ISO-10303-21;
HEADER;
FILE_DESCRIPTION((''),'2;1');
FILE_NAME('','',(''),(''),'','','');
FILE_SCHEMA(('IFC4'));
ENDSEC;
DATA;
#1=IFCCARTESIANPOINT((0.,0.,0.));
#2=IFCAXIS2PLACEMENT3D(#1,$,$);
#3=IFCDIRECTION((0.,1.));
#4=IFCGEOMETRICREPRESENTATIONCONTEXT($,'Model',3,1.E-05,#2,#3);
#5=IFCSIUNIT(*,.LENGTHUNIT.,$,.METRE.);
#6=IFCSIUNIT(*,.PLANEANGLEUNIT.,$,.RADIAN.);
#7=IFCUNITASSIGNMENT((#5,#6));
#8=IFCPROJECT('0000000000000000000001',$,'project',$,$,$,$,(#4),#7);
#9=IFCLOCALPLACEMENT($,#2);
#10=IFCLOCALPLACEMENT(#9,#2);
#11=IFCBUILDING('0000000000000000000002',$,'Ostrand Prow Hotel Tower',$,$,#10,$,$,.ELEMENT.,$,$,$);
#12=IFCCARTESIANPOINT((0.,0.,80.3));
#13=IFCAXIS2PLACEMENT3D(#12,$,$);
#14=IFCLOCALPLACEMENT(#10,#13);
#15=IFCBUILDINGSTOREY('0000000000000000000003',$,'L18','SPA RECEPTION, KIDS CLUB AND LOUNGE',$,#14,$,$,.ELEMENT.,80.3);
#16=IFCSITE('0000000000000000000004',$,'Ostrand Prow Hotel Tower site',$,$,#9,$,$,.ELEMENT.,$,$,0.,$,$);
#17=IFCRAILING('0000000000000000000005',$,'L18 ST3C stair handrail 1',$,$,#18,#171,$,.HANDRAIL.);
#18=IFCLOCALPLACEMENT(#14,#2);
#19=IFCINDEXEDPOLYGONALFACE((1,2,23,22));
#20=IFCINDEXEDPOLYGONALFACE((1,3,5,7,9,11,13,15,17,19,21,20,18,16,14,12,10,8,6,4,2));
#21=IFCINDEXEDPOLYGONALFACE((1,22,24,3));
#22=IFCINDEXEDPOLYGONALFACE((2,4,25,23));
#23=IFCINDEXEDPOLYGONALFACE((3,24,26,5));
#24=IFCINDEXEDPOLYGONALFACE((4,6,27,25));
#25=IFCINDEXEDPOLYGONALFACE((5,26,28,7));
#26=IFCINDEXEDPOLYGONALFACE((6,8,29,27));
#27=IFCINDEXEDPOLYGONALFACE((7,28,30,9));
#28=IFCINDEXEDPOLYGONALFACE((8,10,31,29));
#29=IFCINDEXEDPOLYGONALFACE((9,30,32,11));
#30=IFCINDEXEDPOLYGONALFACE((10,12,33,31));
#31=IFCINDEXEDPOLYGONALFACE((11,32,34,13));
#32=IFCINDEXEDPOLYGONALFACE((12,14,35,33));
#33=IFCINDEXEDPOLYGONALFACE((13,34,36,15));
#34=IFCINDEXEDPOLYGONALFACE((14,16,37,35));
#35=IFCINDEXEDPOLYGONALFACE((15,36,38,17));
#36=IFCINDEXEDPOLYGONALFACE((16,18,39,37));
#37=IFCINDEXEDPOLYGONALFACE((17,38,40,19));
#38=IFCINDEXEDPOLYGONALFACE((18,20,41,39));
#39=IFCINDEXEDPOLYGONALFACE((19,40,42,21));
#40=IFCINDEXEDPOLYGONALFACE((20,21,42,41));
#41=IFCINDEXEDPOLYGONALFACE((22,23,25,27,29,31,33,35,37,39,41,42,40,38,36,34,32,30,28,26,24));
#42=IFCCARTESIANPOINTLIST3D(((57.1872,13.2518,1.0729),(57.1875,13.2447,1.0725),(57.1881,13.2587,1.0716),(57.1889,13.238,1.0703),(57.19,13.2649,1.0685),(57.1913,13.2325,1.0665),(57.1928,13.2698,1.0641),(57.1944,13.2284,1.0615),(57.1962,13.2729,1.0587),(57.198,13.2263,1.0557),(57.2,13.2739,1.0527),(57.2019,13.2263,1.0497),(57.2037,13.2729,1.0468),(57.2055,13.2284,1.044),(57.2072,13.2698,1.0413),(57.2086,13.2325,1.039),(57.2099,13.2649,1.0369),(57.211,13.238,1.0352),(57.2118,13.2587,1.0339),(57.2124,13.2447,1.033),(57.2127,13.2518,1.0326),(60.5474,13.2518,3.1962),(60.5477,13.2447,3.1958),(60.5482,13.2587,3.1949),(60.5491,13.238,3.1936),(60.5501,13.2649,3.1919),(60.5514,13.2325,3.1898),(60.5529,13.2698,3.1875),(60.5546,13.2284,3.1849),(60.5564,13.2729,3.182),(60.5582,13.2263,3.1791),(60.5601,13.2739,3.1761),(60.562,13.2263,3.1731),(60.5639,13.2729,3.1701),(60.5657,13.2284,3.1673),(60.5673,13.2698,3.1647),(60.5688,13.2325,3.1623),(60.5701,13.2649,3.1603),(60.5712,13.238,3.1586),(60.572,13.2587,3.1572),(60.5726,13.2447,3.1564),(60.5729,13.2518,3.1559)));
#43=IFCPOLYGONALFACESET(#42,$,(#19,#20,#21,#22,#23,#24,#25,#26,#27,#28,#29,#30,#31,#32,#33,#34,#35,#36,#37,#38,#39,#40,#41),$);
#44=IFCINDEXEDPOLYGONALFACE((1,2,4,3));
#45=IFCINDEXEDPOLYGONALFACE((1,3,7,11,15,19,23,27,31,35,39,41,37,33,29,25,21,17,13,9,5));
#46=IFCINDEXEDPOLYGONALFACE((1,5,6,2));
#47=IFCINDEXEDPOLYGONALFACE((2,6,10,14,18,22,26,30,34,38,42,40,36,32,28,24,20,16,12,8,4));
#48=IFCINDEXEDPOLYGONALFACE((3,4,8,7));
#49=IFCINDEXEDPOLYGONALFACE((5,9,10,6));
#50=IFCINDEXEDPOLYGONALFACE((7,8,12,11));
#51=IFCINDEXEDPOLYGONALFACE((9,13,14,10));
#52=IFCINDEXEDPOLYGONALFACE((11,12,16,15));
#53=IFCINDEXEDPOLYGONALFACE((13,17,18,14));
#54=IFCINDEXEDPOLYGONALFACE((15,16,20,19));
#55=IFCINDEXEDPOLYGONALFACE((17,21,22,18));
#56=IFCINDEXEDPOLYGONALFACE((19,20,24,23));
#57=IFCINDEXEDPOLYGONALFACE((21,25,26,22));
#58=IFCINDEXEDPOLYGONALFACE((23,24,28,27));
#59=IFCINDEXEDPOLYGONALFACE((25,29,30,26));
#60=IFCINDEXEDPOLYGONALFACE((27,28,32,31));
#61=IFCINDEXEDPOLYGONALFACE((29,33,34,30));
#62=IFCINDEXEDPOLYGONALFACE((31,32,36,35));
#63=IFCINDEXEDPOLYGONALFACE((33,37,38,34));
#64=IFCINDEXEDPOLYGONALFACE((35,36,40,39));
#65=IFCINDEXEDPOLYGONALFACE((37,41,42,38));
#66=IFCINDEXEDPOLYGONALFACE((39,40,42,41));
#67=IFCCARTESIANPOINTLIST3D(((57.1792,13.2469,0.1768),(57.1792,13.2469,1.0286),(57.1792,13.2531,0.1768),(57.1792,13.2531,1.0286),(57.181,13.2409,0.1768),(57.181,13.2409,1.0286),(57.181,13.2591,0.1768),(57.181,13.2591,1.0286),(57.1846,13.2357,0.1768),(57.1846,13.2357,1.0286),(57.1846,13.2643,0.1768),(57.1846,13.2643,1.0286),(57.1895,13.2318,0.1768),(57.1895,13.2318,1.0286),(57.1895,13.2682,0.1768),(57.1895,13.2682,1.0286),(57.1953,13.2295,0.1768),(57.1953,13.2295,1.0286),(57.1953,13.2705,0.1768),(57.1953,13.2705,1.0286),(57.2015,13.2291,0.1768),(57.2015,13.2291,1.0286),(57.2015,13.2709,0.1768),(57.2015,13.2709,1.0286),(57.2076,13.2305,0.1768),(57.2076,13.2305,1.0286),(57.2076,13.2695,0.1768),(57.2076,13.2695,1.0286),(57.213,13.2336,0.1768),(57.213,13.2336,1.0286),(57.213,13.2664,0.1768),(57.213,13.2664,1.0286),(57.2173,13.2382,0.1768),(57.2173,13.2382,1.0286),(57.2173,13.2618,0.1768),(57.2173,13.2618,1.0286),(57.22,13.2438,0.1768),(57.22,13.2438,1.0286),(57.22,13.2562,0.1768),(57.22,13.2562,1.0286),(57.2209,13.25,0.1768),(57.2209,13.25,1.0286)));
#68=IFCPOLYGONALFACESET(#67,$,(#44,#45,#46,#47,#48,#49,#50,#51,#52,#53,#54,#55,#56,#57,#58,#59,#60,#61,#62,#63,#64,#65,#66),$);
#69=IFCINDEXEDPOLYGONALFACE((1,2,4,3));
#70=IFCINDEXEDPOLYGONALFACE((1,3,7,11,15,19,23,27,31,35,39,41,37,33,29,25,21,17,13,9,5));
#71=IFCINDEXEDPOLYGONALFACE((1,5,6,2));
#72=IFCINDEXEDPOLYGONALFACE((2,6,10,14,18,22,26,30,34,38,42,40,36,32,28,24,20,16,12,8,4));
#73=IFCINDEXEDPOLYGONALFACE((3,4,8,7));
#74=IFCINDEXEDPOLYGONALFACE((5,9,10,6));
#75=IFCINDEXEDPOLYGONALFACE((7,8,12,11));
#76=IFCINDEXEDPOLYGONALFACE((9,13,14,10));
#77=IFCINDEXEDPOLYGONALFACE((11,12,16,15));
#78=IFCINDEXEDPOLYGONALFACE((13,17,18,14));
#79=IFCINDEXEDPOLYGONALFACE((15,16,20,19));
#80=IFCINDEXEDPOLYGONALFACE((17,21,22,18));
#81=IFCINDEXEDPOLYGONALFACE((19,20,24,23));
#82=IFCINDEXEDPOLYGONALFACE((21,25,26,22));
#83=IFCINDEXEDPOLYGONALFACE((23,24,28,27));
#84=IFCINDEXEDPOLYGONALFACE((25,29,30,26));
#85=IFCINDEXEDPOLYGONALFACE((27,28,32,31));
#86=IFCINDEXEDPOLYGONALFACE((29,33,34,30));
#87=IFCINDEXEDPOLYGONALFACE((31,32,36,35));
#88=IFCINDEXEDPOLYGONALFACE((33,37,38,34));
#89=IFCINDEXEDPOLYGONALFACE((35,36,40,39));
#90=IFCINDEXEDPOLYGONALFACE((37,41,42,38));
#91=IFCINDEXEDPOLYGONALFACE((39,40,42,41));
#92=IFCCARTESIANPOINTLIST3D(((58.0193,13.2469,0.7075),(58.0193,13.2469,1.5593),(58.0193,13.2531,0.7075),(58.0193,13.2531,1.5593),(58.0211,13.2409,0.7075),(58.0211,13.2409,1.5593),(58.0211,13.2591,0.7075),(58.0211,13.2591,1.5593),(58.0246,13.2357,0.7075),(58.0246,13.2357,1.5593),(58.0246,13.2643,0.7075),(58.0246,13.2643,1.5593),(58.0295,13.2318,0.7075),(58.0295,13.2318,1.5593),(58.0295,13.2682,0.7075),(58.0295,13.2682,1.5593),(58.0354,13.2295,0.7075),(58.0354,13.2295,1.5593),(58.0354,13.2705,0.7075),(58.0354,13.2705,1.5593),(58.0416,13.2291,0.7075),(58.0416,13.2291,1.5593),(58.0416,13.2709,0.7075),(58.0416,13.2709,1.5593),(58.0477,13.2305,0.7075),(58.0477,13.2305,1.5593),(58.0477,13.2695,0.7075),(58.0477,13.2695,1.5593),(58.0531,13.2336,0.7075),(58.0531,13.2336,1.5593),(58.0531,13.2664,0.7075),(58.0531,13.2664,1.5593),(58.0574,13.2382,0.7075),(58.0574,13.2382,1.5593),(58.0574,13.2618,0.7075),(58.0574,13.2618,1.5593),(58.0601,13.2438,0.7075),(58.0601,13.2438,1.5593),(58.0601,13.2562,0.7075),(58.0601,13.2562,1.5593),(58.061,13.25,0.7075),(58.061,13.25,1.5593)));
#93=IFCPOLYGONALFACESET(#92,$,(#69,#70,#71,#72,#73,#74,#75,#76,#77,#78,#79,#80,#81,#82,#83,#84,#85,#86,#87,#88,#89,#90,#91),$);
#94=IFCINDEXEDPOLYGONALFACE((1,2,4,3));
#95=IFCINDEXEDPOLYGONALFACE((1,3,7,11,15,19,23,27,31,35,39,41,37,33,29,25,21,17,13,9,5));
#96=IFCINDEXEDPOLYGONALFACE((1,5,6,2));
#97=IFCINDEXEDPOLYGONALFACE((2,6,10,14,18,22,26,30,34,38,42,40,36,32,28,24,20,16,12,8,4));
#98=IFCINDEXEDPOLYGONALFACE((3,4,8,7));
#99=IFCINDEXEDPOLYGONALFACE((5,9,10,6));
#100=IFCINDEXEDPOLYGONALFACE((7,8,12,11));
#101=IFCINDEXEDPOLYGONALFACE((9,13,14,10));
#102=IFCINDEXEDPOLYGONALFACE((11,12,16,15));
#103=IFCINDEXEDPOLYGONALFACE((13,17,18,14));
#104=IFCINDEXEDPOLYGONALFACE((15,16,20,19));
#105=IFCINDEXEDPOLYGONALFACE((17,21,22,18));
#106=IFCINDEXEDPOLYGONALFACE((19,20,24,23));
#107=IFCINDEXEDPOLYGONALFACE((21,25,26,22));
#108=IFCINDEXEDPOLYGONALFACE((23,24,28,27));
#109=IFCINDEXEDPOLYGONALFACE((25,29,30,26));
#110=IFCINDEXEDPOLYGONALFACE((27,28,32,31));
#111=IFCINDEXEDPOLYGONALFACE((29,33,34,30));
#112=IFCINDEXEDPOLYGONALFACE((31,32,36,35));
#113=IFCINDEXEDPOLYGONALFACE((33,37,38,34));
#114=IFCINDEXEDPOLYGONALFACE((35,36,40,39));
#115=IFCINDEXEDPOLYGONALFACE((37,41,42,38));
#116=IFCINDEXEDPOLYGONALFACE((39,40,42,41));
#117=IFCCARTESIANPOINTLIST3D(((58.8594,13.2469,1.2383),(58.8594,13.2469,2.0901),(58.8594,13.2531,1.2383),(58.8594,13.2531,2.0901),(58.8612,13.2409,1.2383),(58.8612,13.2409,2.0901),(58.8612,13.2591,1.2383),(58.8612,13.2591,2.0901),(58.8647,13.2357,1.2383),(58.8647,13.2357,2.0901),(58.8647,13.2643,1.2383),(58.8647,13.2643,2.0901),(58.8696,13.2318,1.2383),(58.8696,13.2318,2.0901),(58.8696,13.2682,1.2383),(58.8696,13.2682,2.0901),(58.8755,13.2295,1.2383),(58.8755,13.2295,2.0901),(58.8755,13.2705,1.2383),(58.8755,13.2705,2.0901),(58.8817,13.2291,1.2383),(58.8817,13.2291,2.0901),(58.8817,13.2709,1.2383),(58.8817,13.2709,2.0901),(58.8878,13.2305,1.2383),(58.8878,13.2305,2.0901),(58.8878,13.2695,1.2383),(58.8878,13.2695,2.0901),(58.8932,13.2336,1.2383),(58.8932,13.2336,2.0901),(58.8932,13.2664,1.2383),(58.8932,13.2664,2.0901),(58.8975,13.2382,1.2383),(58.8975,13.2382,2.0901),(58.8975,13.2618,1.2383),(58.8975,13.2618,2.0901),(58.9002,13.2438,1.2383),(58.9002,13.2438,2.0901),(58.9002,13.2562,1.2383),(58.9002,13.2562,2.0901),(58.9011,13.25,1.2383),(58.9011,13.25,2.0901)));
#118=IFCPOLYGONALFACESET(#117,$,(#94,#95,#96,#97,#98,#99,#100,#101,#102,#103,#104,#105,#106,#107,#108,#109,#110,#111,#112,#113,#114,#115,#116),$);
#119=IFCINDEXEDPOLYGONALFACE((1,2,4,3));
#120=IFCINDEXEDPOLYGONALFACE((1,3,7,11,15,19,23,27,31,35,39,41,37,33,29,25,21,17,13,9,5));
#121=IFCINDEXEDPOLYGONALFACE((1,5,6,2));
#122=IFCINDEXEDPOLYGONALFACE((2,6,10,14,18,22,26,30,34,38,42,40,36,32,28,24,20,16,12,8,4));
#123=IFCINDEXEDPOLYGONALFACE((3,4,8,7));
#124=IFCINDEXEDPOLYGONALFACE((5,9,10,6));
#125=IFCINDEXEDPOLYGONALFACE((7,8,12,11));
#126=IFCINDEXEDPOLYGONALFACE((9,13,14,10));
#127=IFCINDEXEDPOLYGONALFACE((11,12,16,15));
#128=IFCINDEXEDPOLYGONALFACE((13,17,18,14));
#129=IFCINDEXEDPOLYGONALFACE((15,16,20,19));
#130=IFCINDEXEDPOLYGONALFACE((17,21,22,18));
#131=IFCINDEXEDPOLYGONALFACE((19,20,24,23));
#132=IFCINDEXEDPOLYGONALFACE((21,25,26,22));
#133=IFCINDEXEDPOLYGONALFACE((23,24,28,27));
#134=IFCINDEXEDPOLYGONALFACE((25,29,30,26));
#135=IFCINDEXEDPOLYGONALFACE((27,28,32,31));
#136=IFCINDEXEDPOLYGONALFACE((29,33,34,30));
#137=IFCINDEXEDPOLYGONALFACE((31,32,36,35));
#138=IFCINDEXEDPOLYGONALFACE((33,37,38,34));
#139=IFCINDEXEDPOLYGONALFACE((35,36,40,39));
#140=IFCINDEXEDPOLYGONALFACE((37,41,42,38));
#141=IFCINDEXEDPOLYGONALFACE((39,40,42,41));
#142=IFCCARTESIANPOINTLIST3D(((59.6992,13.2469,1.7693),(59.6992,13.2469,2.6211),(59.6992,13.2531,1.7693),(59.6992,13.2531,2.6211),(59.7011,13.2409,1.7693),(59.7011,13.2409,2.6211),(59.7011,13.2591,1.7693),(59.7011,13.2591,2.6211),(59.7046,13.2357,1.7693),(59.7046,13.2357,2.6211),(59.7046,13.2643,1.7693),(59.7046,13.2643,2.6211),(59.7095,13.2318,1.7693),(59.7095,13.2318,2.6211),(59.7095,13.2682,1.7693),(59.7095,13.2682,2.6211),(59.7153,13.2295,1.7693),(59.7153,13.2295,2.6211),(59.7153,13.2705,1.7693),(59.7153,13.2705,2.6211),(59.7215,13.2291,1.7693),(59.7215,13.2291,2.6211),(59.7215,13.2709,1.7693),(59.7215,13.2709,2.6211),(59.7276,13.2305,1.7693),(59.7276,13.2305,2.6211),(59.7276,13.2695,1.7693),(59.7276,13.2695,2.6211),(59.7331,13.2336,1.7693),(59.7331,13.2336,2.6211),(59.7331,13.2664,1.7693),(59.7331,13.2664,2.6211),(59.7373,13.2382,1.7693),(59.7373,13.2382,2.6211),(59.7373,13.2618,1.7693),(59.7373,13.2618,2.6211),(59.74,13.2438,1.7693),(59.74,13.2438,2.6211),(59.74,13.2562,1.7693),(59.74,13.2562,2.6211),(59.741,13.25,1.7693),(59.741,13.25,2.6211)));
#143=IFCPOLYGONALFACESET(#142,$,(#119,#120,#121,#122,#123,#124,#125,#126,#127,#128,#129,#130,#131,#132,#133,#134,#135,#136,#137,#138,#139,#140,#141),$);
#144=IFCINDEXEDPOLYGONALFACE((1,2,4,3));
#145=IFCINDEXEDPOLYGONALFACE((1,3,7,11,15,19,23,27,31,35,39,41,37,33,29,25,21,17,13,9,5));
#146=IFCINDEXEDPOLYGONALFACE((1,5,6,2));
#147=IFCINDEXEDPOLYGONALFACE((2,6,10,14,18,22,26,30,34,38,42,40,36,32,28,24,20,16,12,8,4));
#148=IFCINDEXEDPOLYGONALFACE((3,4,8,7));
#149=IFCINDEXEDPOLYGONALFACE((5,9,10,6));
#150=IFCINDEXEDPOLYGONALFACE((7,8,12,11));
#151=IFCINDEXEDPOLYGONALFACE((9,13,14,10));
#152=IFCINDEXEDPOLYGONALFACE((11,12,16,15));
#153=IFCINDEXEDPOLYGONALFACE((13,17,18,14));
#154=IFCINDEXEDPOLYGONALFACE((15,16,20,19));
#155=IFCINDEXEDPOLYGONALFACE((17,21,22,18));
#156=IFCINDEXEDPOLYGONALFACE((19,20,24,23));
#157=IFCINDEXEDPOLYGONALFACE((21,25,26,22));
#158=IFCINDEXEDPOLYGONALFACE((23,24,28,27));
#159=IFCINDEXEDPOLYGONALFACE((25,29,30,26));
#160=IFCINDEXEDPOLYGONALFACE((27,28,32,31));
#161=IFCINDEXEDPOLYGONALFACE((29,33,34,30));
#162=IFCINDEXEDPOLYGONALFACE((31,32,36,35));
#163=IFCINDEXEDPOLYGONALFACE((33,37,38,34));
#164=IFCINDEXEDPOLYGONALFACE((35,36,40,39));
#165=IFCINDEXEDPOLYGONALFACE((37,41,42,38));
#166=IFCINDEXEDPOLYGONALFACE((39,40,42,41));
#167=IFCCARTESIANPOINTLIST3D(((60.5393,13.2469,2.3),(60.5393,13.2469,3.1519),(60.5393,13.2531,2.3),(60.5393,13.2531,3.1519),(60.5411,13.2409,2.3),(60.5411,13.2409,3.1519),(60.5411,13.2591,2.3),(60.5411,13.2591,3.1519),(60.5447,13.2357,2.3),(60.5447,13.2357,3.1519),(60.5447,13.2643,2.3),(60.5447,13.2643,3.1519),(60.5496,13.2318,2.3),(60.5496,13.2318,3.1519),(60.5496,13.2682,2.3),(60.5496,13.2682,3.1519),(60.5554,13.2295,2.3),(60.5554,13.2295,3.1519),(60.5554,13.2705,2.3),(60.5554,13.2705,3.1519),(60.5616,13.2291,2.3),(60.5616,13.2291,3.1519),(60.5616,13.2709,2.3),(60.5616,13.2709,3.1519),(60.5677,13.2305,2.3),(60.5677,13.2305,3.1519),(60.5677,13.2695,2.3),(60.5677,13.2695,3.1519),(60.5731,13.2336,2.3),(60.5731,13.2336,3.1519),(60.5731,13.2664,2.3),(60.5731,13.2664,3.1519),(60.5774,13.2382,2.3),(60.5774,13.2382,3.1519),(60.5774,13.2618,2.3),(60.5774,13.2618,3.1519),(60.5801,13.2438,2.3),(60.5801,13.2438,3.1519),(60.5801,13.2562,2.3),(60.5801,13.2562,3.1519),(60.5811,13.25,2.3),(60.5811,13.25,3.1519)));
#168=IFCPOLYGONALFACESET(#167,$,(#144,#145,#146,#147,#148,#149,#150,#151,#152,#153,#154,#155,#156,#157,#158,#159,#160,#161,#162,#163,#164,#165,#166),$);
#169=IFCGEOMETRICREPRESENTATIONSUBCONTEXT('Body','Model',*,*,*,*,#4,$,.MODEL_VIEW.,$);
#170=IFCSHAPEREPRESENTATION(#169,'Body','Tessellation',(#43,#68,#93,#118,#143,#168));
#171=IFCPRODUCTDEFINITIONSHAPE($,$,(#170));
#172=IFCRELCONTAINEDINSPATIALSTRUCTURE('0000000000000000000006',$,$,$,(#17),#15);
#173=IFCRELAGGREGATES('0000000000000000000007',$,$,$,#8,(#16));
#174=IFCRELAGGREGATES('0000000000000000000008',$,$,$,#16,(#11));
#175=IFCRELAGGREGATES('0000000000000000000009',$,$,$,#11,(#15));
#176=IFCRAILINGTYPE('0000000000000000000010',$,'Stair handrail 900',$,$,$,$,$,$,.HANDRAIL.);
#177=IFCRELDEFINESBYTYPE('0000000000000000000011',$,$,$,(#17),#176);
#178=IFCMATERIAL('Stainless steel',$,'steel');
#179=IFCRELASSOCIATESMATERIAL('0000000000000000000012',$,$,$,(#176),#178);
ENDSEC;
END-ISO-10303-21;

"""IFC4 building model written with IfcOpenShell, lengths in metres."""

from ifc_helpers import new_model, si_unit, direction, frame, origin, origin_2d, place, context, subcontext, project, spatial, circle, extrude, material, type_object, element, save


model = new_model("IFC4")

# Units and contexts
model_context = context("Model", 3, precision=1e-05, world=origin(), true_north=direction((0.0, 1.0)))
body_context = subcontext(model_context, "Body", "Model", "MODEL_VIEW")
ifc_project = project(units=[si_unit("LENGTHUNIT", "METRE"), si_unit("PLANEANGLEUNIT", "RADIAN")], contexts=[model_context])

# Site, building, storey
site_placement = place(None, origin())
site = spatial("IfcSite", under=ifc_project, at=site_placement, Name="Ostrand Prow Hotel Tower site", CompositionType="ELEMENT", RefElevation=0.0)
building_placement = place(site_placement, origin())
building = spatial("IfcBuilding", under=site, at=building_placement, Name="Ostrand Prow Hotel Tower", CompositionType="ELEMENT")
storey_placement = place(building_placement, frame((0.0, 0.0, 80.3)))
storey = spatial("IfcBuildingStorey", under=building, at=storey_placement, Name="L18", Description="SPA RECEPTION, KIDS CLUB AND LOUNGE", CompositionType="ELEMENT", Elevation=80.3)

# Railing
ifc_material_1 = material(Name="Stainless steel", Category="steel")
railing_type_1 = type_object("IfcRailingType", Name="Stair handrail 900", PredefinedType="HANDRAIL", material=ifc_material_1)
railing_1_placement = place(storey_placement, frame((57.2, 13.25, 0.1768)))
element("IfcRailing", 1, at=railing_1_placement, inside=storey, type_object=railing_type_1, Name="L18 ST3C stair handrail 1", PredefinedType="HANDRAIL", context=body_context, shape_type="SweptSolid", body=[
    extrude(circle(Radius=0.0239, at=origin_2d()), frame((0.0, 0.0, 0.876), z_axis=(0.845362, 0.0, 0.534194), x_axis=(0.0, 1.0, 0.0)), (0.0, 0.0, 1.0), 3.9749),
    extrude(circle(Radius=0.021, at=origin_2d()), origin(), (0.0, 0.0, 1.0), 0.8518),
    extrude(circle(Radius=0.021, at=origin_2d()), frame((0.8401, 0.0, 0.5308)), (0.0, 0.0, 1.0), 0.8518),
    extrude(circle(Radius=0.021, at=origin_2d()), frame((1.6802, 0.0, 1.0615)), (0.0, 0.0, 1.0), 0.8518),
    extrude(circle(Radius=0.021, at=origin_2d()), frame((2.52, 0.0, 1.5925)), (0.0, 0.0, 1.0), 0.8518),
    extrude(circle(Radius=0.021, at=origin_2d()), frame((3.3601, 0.0, 2.1233)), (0.0, 0.0, 1.0), 0.8518),
])

save(model, "model.ifc")
